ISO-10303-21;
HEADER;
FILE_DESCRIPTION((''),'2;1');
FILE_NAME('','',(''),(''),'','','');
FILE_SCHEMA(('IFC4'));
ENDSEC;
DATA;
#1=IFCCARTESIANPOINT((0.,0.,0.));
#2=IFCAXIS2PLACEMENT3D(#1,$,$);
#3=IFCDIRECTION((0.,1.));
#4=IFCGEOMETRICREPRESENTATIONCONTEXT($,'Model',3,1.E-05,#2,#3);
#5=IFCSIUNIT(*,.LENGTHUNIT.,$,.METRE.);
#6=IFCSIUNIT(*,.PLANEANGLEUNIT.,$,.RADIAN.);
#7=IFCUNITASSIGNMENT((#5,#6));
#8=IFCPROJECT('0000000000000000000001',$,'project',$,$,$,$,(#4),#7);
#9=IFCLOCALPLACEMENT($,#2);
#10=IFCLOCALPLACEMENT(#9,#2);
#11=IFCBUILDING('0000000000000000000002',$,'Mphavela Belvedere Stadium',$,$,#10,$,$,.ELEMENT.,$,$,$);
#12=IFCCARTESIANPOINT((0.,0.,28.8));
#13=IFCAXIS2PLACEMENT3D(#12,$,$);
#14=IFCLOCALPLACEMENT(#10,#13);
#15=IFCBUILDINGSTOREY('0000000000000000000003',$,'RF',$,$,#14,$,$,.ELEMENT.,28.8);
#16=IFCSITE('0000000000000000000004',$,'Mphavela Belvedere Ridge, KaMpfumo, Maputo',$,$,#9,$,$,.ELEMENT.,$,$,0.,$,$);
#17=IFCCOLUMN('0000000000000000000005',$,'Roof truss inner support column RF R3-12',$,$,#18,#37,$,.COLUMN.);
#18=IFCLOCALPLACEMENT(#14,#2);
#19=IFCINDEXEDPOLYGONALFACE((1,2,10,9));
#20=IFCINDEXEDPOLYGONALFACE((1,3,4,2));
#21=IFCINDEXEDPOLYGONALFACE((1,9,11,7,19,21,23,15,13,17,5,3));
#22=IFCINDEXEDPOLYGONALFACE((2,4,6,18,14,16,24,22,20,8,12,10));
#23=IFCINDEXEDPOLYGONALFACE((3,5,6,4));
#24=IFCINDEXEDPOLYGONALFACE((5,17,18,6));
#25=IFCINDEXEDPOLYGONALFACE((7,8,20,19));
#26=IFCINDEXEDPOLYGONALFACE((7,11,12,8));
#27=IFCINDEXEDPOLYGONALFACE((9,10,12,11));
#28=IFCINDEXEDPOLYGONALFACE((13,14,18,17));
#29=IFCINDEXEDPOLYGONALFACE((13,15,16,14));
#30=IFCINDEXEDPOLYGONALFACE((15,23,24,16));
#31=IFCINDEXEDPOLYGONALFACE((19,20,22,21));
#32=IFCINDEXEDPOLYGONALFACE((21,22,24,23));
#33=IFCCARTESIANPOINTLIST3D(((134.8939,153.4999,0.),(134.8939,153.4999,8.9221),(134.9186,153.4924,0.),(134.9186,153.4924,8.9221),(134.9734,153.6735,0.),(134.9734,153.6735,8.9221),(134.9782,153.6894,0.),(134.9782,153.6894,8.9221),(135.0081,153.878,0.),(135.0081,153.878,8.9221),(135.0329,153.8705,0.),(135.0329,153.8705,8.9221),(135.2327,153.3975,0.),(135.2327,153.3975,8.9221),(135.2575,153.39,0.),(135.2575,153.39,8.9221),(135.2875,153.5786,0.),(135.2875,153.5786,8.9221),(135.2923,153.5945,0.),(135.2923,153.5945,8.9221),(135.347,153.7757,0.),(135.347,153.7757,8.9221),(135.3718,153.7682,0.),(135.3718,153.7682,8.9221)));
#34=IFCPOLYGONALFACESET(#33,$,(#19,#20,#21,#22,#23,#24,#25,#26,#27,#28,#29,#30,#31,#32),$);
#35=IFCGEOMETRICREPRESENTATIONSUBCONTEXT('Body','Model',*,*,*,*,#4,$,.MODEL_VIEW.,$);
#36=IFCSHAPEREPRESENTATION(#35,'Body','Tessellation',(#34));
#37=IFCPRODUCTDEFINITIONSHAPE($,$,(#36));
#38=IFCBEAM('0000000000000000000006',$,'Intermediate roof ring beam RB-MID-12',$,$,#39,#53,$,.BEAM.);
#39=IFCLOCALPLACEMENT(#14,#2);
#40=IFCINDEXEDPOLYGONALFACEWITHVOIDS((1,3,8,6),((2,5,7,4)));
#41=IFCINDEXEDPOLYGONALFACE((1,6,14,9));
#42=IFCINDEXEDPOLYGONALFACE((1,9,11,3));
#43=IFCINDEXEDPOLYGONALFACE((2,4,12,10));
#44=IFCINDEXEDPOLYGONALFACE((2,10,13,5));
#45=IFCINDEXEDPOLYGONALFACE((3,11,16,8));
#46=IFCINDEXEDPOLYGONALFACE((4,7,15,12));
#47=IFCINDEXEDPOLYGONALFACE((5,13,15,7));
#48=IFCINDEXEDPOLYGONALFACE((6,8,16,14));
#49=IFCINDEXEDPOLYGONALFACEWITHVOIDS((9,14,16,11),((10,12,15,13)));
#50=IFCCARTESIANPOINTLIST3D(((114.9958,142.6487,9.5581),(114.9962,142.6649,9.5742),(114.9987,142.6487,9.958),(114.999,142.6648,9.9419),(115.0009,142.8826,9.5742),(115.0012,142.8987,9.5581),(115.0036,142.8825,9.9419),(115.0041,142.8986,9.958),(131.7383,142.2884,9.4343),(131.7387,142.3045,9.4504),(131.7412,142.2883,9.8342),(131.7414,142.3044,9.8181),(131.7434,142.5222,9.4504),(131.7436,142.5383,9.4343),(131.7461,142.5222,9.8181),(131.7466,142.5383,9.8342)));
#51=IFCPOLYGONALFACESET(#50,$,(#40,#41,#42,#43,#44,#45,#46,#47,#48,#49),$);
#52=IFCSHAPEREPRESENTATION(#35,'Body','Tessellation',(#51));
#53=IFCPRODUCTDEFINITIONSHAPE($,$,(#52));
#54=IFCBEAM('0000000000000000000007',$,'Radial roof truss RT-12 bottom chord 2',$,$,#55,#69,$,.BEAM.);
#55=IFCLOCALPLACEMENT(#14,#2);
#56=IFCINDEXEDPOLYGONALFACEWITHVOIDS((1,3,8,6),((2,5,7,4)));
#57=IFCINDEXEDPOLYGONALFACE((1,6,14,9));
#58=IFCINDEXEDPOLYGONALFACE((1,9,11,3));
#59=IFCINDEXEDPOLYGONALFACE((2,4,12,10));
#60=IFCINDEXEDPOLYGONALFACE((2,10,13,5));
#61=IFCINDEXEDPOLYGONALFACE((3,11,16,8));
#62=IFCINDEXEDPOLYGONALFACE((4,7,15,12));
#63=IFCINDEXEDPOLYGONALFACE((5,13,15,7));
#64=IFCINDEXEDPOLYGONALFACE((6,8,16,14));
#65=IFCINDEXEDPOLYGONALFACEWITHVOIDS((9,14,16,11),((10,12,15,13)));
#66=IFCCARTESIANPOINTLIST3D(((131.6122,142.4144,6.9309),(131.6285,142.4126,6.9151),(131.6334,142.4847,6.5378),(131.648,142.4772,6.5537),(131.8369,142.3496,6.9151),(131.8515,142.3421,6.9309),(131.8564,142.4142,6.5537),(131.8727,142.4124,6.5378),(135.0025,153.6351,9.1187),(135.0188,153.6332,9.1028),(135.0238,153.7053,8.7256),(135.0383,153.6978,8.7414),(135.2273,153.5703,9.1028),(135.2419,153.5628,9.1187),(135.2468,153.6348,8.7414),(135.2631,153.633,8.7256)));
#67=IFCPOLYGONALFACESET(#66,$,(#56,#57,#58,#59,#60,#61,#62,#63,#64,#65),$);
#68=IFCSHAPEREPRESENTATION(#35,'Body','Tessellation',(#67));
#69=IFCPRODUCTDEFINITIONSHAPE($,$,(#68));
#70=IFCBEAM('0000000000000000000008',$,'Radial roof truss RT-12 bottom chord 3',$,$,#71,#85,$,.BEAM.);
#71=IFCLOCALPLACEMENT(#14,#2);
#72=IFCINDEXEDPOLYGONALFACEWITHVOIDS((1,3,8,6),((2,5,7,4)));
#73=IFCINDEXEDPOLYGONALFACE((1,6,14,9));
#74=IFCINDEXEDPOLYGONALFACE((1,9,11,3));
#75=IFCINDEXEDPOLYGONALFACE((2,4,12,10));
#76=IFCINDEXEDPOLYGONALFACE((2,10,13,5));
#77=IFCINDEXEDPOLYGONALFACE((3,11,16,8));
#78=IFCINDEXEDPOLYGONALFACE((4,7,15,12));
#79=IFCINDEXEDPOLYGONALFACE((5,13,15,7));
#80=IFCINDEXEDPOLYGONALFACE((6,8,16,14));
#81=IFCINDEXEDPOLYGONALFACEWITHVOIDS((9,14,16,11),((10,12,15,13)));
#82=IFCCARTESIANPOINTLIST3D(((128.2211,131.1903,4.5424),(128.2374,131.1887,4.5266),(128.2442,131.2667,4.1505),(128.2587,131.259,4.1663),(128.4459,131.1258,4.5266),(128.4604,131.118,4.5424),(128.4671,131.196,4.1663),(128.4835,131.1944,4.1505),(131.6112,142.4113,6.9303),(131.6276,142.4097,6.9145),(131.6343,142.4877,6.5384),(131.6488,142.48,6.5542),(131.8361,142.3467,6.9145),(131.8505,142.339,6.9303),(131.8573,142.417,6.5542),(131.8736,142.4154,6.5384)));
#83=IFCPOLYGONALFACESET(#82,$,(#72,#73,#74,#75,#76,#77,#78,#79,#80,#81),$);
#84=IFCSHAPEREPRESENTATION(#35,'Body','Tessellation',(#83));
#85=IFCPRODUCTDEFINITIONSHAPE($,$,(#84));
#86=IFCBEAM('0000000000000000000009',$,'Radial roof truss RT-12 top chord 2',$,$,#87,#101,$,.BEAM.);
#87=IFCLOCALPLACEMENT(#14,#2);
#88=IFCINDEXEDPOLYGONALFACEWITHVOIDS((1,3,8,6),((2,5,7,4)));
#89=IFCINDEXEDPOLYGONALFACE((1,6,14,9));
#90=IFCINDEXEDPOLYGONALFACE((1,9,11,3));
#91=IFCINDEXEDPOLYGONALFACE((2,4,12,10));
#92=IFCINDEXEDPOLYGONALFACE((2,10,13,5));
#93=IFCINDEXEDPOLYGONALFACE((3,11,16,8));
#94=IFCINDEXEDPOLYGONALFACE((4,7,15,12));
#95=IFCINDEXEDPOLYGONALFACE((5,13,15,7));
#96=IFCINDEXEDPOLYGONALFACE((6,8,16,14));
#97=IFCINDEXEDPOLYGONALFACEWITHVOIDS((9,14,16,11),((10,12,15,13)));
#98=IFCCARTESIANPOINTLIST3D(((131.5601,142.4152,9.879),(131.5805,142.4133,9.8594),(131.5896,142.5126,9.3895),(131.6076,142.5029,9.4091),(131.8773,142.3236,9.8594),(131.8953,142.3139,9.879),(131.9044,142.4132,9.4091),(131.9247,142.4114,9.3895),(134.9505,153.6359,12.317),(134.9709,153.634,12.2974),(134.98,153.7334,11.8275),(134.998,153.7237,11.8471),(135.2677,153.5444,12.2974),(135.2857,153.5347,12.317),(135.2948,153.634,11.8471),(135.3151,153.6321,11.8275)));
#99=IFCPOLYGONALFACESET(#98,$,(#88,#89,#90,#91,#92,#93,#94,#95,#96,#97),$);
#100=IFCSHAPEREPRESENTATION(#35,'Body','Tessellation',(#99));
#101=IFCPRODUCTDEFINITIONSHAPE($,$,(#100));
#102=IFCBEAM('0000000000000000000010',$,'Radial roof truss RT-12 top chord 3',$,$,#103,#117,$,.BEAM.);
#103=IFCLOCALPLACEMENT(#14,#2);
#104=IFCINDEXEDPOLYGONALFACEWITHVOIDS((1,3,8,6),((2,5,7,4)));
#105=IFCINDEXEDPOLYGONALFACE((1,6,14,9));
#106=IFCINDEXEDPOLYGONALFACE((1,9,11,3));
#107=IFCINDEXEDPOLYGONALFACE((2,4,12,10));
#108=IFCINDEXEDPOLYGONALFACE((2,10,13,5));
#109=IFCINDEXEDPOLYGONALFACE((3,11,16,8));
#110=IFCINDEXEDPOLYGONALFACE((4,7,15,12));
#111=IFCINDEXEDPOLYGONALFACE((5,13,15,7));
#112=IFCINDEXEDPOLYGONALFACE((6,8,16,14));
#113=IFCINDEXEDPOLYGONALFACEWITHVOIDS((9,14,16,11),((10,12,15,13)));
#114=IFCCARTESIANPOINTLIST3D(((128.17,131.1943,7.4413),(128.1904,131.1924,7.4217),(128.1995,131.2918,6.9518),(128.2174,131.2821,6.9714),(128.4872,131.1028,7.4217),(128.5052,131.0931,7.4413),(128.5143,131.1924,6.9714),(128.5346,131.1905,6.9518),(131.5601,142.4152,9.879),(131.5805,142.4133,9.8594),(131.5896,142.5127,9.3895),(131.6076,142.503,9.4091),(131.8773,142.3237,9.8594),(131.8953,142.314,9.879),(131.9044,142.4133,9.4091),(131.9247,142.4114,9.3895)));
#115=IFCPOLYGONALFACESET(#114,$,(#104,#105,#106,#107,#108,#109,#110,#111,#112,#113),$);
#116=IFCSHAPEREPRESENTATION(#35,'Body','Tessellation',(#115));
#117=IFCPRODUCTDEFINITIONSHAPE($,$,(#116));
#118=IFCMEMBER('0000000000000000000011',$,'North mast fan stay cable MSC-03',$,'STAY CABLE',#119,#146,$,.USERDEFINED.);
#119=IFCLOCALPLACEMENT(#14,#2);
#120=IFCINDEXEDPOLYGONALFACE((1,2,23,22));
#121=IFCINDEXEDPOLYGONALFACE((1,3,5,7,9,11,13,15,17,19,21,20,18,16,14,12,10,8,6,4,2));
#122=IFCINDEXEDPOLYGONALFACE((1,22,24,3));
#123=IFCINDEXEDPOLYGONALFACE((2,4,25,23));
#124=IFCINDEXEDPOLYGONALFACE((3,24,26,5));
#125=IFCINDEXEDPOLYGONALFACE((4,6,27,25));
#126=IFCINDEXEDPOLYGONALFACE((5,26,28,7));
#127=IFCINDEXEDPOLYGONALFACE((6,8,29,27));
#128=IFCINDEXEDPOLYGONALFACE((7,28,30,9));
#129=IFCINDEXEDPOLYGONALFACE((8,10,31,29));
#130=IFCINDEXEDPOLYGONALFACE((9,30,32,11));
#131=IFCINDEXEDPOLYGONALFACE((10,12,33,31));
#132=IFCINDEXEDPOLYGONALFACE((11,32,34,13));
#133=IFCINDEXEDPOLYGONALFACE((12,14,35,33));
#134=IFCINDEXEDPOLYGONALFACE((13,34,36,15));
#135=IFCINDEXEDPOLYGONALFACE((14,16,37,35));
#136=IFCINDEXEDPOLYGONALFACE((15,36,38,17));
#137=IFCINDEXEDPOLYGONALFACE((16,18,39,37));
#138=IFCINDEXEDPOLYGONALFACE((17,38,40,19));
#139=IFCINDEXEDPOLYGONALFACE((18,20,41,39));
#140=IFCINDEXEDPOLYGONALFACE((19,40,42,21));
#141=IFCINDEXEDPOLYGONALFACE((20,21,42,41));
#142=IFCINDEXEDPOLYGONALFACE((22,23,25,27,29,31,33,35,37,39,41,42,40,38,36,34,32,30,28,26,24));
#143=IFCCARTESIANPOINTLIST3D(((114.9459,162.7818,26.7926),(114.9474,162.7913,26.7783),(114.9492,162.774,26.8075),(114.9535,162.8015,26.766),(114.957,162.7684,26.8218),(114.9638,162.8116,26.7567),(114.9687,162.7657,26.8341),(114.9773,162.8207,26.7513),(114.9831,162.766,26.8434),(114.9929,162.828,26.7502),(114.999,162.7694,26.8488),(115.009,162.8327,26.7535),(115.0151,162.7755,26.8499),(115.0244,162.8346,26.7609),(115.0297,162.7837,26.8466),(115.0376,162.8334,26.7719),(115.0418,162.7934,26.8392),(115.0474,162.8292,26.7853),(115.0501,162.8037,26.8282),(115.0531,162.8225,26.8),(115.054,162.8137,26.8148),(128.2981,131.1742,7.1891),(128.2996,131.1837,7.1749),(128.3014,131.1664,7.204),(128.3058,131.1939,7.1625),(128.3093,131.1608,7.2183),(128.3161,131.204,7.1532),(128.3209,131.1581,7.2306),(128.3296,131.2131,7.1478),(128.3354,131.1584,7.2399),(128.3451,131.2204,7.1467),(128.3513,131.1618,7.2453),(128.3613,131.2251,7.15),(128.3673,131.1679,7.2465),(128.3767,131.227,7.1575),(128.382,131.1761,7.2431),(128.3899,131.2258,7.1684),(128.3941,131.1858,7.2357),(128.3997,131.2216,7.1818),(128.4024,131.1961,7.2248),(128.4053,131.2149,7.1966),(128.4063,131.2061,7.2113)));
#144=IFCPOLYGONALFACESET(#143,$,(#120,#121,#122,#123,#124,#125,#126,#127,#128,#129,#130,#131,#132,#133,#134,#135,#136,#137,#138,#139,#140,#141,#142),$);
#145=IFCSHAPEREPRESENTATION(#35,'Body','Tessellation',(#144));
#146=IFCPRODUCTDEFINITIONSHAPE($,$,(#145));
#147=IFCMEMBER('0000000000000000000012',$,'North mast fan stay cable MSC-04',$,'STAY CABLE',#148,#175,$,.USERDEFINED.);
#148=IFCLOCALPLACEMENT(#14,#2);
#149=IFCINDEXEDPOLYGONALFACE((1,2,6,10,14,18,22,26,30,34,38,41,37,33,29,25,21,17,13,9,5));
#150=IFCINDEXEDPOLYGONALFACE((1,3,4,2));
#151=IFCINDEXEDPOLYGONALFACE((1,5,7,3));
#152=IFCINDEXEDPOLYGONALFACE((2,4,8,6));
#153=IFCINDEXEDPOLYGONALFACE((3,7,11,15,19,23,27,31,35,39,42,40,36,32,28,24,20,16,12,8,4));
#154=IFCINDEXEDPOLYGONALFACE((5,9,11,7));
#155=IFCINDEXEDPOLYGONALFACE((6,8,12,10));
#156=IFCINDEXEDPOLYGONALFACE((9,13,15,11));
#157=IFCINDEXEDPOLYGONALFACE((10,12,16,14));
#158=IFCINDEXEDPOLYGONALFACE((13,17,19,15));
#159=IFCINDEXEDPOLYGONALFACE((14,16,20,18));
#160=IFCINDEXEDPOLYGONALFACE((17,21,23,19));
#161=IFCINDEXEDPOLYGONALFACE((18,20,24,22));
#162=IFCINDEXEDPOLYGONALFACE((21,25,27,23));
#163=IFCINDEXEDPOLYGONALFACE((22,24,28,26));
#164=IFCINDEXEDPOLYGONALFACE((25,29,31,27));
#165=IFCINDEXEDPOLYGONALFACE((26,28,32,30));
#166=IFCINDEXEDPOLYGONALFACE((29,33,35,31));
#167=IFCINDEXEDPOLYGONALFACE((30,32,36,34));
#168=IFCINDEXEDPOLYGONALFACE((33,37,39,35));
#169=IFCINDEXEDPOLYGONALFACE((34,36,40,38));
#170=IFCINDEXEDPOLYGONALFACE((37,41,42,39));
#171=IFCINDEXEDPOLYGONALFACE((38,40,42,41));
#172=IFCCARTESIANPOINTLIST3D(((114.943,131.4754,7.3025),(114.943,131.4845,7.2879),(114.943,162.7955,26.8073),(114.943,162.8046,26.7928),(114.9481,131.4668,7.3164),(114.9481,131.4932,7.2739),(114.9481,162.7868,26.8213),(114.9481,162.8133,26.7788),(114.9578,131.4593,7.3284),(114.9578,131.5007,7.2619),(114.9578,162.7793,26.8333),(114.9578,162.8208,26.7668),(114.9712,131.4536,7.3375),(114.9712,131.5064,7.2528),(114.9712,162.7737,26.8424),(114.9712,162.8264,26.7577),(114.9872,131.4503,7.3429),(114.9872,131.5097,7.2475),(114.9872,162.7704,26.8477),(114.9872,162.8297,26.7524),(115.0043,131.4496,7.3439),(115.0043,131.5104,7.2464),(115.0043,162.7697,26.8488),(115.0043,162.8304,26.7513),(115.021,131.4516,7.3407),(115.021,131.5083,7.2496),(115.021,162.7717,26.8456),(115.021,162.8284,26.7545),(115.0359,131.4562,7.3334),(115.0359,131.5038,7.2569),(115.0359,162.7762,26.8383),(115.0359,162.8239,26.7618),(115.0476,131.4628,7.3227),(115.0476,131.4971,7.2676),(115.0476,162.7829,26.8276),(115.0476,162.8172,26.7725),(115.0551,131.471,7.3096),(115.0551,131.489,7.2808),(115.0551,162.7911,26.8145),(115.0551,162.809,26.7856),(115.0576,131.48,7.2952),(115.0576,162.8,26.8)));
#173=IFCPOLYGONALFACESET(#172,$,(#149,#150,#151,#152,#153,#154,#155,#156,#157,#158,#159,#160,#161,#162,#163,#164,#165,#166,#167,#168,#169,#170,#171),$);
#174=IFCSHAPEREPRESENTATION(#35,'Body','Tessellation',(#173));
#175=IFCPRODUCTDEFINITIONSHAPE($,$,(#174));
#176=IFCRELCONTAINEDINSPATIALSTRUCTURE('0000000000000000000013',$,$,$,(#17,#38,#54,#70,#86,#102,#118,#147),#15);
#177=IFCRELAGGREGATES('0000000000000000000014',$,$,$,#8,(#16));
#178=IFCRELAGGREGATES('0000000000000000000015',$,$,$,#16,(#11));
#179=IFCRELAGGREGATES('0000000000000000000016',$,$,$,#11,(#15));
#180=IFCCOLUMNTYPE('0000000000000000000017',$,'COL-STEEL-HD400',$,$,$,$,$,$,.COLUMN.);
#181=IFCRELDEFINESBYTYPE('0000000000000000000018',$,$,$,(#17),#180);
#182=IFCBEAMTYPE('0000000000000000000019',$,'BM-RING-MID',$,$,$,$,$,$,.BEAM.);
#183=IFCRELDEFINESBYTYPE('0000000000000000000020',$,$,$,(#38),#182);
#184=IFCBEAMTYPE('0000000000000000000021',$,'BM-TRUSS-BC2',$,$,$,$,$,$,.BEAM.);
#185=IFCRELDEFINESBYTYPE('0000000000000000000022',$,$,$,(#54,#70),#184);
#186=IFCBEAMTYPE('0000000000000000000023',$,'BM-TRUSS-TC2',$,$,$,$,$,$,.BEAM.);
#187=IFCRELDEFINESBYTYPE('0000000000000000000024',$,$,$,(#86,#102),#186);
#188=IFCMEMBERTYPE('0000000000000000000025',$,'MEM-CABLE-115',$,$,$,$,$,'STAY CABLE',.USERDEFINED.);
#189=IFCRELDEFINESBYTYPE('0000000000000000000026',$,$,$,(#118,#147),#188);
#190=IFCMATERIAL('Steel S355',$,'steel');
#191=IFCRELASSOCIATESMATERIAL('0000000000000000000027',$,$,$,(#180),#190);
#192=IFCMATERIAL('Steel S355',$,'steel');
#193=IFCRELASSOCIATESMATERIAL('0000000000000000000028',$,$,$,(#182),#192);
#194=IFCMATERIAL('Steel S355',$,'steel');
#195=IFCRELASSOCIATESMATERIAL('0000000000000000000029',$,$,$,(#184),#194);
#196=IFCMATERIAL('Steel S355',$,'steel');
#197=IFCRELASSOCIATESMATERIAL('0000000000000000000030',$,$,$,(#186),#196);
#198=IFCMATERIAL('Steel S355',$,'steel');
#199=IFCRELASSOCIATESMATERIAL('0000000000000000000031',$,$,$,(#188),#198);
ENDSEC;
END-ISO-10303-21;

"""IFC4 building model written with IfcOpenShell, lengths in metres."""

from ifc_helpers import new_model, si_unit, direction, frame, origin, origin_2d, place, context, subcontext, project, spatial, hollow_rectangle, circle, i_section, extrude, material, material_profile, profile_set, type_object, element, save


model = new_model("IFC4")

# Units and contexts
model_context = context("Model", 3, precision=1e-05, world=origin(), true_north=direction((0.0, 1.0)))
body_context = subcontext(model_context, "Body", "Model", "MODEL_VIEW")
ifc_project = project(units=[si_unit("LENGTHUNIT", "METRE"), si_unit("PLANEANGLEUNIT", "RADIAN")], contexts=[model_context])

# Site, building, storey
site_placement = place(None, origin())
site = spatial("IfcSite", under=ifc_project, at=site_placement, Name="Mphavela Belvedere Ridge, KaMpfumo, Maputo", CompositionType="ELEMENT", RefElevation=0.0)
building_placement = place(site_placement, origin())
building = spatial("IfcBuilding", under=site, at=building_placement, Name="Mphavela Belvedere Stadium", CompositionType="ELEMENT")
storey_placement = place(building_placement, frame((0.0, 0.0, 28.8)))
storey = spatial("IfcBuildingStorey", under=building, at=storey_placement, Name="RF", CompositionType="ELEMENT", Elevation=28.8)

# Column
ifc_material_1 = material(Name="Steel S355", Category="steel")
ifc_material_profile_1 = material_profile(ifc_material_1, i_section(OverallWidth=0.395, OverallDepth=0.3799, WebThickness=0.0166, FlangeThickness=0.0259, at=origin_2d()), Name="HD 400x237")
ifc_profile_set_1 = profile_set([ifc_material_profile_1], Name="Steel S355")
column_type = type_object("IfcColumnType", Name="COL-STEEL-HD400", PredefinedType="COLUMN", material=ifc_profile_set_1)
column_placement = place(storey_placement, frame((135.1328, 153.634, 0.0), z_axis=(0.0, 0.0, 1.0), x_axis=(0.289199, 0.957269, 0.0)))
element("IfcColumn", 1, at=column_placement, inside=storey, type_object=column_type, Name="Roof truss inner support column RF R3-12", PredefinedType="COLUMN", context=body_context, shape_type="SweptSolid", body=[
    extrude(i_section(OverallWidth=0.395, OverallDepth=0.3799, WebThickness=0.0166, FlangeThickness=0.0259, at=origin_2d()), origin(), (0.0, 0.0, 1.0), 8.9221),
])

# Beams
ifc_material_2 = material(Name="Steel S355", Category="steel")
ifc_material_profile_2 = material_profile(ifc_material_2, hollow_rectangle(XDim=0.25, YDim=0.3999, WallThickness=0.0161, at=origin_2d()), Name="RHS 400x250x16")
ifc_profile_set_2 = profile_set([ifc_material_profile_2], Name="Steel S355")
beam_type_1 = type_object("IfcBeamType", Name="BM-RING-MID", PredefinedType="BEAM", material=ifc_profile_set_2)
beam_1_placement = place(storey_placement, frame((131.7424, 142.4133, 9.6343), z_axis=(-0.999741, 0.021518, 0.007391), x_axis=(-0.021518, -0.999768, 0.0)))
element("IfcBeam", 2, at=beam_1_placement, inside=storey, type_object=beam_type_1, Name="Intermediate roof ring beam RB-MID-12", PredefinedType="BEAM", context=body_context, shape_type="SweptSolid", body=[
    extrude(hollow_rectangle(XDim=0.25, YDim=0.3999, WallThickness=0.0161, at=origin_2d()), origin(), (0.0, 0.0, 1.0), 16.7468),
])
ifc_material_3 = material(Name="Steel S355", Category="steel")
ifc_material_profile_3 = material_profile(ifc_material_3, hollow_rectangle(XDim=0.25, YDim=0.3999, WallThickness=0.0161, at=origin_2d()), Name="RHS 400x250x16")
ifc_profile_set_3 = profile_set([ifc_material_profile_3], Name="Steel S355")
beam_type_2 = type_object("IfcBeamType", Name="BM-TRUSS-BC2", PredefinedType="BEAM", material=ifc_profile_set_3)
beam_2_placement = place(storey_placement, frame((135.1328, 153.634, 8.9221), z_axis=(-0.284329, -0.941007, -0.183472), x_axis=(0.957257, -0.289239, 0.0)))
element("IfcBeam", 3, at=beam_2_placement, inside=storey, type_object=beam_type_2, Name="Radial roof truss RT-12 bottom chord 2", PredefinedType="BEAM", context=body_context, shape_type="SweptSolid", body=[
    extrude(hollow_rectangle(XDim=0.25, YDim=0.3999, WallThickness=0.0161, at=origin_2d()), origin(), (0.0, 0.0, 1.0), 11.9241),
])
beam_3_placement = place(storey_placement, frame((131.7424, 142.4133, 6.7344), z_axis=(-0.283394, -0.937999, -0.199616), x_axis=(0.957264, -0.289214, 0.0)))
element("IfcBeam", 4, at=beam_3_placement, inside=storey, type_object=beam_type_2, Name="Radial roof truss RT-12 bottom chord 3", PredefinedType="BEAM", context=body_context, shape_type="SweptSolid", body=[
    extrude(hollow_rectangle(XDim=0.25, YDim=0.3999, WallThickness=0.0161, at=origin_2d()), origin(), (0.0, 0.0, 1.0), 11.9626),
])
ifc_material_4 = material(Name="Steel S355", Category="steel")
ifc_material_profile_4 = material_profile(ifc_material_4, hollow_rectangle(XDim=0.3501, YDim=0.5, WallThickness=0.02, at=origin_2d()), Name="RHS 500x350x20")
ifc_profile_set_4 = profile_set([ifc_material_profile_4], Name="Steel S355")
beam_type_3 = type_object("IfcBeamType", Name="BM-TRUSS-TC2", PredefinedType="BEAM", material=ifc_profile_set_4)
for number, where, z_axis, x_axis, name in (
    (5, (135.1328, 153.634, 12.0723), (-0.283179, -0.9372, -0.203631), (0.957257, -0.289239, 0.0), "Radial roof truss RT-12 top chord 2"),
    (6, (131.7424, 142.4133, 9.6343), (-0.283156, -0.937212, -0.203609), (0.957264, -0.289214, 0.0), "Radial roof truss RT-12 top chord 3"),
):
    element("IfcBeam", number, at=place(storey_placement, frame(where, z_axis=z_axis, x_axis=x_axis)), inside=storey, type_object=beam_type_3, Name=name, PredefinedType="BEAM", context=body_context, shape_type="SweptSolid", body=[
        extrude(hollow_rectangle(XDim=0.3501, YDim=0.5, WallThickness=0.02, at=origin_2d()), origin(), (0.0, 0.0, 1.0), 11.9727),
    ])

# Members
ifc_material_5 = material(Name="Steel S355", Category="steel")
ifc_material_profile_5 = material_profile(ifc_material_5, circle(Radius=0.0576, at=origin_2d()), Name="CABLE D115")
ifc_profile_set_5 = profile_set([ifc_material_profile_5], Name="Steel S355")
member_type_1 = type_object("IfcMemberType", Name="MEM-CABLE-115", ElementType="STAY CABLE", PredefinedType="USERDEFINED", material=ifc_profile_set_5)
member_1_placement = place(storey_placement, frame((115.0, 162.8, 26.8), z_axis=(0.337884, -0.799841, -0.496073), x_axis=(0.921178, 0.389141, 0.0)))
element("IfcMember", 7, at=member_1_placement, inside=storey, type_object=member_type_1, Name="North mast fan stay cable MSC-03", ObjectType="STAY CABLE", PredefinedType="USERDEFINED", context=body_context, shape_type="SweptSolid", body=[
    extrude(circle(Radius=0.0576, at=origin_2d()), origin(), (0.0, 0.0, 1.0), 39.5173),
])
member_2_placement = place(storey_placement, frame((115.0, 162.8, 26.8), z_axis=(0.0, -0.848852, -0.528631), x_axis=(1.0, 0.0, 0.0)))
element("IfcMember", 8, at=member_2_placement, inside=storey, type_object=member_type_1, Name="North mast fan stay cable MSC-04", ObjectType="STAY CABLE", PredefinedType="USERDEFINED", context=body_context, shape_type="SweptSolid", body=[
    extrude(circle(Radius=0.0576, at=origin_2d()), origin(), (0.0, 0.0, 1.0), 36.897),
])

save(model, "model.ifc")
